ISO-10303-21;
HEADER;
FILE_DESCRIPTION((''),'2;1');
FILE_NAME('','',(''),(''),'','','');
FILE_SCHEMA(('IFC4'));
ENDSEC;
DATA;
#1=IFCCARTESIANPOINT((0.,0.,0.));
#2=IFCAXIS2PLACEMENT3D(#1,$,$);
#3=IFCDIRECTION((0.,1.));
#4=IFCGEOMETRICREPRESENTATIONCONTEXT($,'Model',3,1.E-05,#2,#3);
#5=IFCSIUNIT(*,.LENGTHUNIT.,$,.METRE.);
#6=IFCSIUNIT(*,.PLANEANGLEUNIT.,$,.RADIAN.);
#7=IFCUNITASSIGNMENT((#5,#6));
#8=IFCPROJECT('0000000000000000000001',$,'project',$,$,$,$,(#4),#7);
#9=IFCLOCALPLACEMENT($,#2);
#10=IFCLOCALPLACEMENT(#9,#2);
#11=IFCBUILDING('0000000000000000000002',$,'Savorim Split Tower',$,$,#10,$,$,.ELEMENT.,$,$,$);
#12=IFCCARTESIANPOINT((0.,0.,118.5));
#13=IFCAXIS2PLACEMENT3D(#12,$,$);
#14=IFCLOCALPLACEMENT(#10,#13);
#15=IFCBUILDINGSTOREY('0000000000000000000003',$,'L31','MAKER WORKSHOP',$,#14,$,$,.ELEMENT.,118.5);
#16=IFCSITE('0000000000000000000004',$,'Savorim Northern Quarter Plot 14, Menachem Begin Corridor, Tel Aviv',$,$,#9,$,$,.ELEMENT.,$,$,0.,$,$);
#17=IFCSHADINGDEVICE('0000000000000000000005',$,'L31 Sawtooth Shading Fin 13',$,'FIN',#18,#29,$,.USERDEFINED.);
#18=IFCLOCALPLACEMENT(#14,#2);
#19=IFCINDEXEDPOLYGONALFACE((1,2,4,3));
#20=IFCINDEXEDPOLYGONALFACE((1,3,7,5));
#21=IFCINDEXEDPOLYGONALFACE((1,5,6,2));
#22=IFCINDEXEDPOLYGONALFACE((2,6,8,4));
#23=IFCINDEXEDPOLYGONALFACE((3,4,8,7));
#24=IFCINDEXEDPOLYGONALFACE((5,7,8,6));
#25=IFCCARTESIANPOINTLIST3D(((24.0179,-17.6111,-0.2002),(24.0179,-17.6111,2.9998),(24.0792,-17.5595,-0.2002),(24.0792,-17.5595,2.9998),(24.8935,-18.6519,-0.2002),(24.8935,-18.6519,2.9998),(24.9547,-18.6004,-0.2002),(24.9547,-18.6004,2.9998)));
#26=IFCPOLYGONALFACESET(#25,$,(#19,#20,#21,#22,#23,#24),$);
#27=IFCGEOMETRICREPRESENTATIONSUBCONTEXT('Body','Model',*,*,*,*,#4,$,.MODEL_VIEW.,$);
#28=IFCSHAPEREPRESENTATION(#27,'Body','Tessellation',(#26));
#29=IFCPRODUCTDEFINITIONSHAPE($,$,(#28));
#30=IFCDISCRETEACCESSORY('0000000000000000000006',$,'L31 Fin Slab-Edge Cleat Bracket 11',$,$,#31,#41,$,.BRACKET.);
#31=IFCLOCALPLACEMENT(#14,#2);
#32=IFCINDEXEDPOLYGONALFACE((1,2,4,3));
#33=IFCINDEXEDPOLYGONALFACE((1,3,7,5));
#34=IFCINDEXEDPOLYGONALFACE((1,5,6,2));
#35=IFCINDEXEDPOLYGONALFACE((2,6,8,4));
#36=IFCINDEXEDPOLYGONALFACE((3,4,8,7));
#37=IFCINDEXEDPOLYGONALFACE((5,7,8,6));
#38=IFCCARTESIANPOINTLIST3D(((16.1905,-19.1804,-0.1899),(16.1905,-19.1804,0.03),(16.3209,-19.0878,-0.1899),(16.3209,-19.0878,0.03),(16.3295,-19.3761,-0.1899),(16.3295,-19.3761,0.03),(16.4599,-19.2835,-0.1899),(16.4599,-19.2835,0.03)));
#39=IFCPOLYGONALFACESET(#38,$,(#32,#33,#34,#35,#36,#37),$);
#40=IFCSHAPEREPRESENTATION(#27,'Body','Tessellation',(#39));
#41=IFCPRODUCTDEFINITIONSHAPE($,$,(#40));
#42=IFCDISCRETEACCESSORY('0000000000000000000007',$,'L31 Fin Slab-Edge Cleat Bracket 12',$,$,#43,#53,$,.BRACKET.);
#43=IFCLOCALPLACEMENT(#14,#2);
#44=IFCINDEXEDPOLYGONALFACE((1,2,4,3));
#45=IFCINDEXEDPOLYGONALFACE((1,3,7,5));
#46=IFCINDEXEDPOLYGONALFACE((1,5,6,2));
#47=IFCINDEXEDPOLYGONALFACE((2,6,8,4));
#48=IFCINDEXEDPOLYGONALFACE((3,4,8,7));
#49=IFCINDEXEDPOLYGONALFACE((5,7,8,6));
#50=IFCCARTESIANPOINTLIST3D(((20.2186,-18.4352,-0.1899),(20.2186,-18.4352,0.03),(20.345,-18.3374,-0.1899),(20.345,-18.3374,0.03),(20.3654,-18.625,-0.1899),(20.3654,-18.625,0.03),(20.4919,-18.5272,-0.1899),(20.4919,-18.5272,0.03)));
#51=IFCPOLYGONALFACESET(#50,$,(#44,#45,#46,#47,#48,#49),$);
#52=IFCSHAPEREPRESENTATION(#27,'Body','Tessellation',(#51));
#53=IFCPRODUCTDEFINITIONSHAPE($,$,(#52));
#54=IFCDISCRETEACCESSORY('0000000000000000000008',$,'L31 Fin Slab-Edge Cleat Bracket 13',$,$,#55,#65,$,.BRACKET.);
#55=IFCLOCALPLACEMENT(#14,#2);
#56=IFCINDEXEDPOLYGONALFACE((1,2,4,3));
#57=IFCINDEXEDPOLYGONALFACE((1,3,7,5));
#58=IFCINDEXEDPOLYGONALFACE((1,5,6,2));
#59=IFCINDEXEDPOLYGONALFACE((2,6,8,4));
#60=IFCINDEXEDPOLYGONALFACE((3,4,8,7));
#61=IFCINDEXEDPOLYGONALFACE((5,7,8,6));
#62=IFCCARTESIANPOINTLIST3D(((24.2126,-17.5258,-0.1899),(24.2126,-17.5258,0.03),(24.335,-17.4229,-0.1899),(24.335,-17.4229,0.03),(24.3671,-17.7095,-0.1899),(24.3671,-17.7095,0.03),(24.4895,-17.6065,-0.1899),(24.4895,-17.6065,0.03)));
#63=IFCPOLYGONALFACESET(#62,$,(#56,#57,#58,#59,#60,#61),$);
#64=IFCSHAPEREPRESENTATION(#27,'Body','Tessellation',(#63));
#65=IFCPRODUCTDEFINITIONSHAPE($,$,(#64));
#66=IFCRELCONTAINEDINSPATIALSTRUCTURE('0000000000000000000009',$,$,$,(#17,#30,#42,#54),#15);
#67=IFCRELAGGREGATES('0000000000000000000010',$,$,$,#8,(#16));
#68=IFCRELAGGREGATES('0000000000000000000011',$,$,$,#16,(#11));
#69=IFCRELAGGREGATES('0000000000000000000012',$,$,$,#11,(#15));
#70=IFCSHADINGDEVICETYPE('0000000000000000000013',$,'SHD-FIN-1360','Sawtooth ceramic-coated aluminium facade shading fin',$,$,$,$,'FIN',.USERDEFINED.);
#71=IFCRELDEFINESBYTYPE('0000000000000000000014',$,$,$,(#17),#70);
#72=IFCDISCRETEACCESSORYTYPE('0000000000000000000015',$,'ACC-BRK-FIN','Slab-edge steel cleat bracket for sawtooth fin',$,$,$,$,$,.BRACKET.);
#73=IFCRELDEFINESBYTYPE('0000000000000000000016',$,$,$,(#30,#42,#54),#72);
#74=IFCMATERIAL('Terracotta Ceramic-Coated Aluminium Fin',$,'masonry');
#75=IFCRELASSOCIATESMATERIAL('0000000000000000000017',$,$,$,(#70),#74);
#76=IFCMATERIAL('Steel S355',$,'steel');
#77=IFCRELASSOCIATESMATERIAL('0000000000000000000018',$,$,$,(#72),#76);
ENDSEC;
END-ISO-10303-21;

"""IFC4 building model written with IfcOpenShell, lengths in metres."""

from ifc_helpers import new_model, si_unit, direction, frame, origin, origin_2d, place, context, subcontext, project, spatial, rectangle, extrude, material, type_object, element, save


model = new_model("IFC4")

# Units and contexts
model_context = context("Model", 3, precision=1e-05, world=origin(), true_north=direction((0.0, 1.0)))
body_context = subcontext(model_context, "Body", "Model", "MODEL_VIEW")
ifc_project = project(units=[si_unit("LENGTHUNIT", "METRE"), si_unit("PLANEANGLEUNIT", "RADIAN")], contexts=[model_context])

# Site, building, storey
site_placement = place(None, origin())
site = spatial("IfcSite", under=ifc_project, at=site_placement, Name="Savorim Northern Quarter Plot 14, Menachem Begin Corridor, Tel Aviv", CompositionType="ELEMENT", RefElevation=0.0)
building_placement = place(site_placement, origin())
building = spatial("IfcBuilding", under=site, at=building_placement, Name="Savorim Split Tower", CompositionType="ELEMENT")
storey_placement = place(building_placement, frame((0.0, 0.0, 118.5)))
storey = spatial("IfcBuildingStorey", under=building, at=storey_placement, Name="L31", Description="MAKER WORKSHOP", CompositionType="ELEMENT", Elevation=118.5)

# Shared definitions
ifc_material_1 = material(Name="Steel S355", Category="steel")

# Shading device
ifc_material_2 = material(Name="Terracotta Ceramic-Coated Aluminium Fin", Category="masonry")
shading_device_type = type_object("IfcShadingDeviceType", Name="SHD-FIN-1360", Description="Sawtooth ceramic-coated aluminium facade shading fin", ElementType="FIN", PredefinedType="USERDEFINED", material=ifc_material_2)
for number, where, z_axis, x_axis, name in (
    (1, (24.4863, -18.1057, -0.2002), (0.0, 0.0, 1.0), (0.643719, -0.765262, 0.0), "L31 Sawtooth Shading Fin 13"),
):
    element("IfcShadingDevice", number, at=place(storey_placement, frame(where, z_axis=z_axis, x_axis=x_axis)), inside=storey, type_object=shading_device_type, Name=name, ObjectType="FIN", PredefinedType="USERDEFINED", context=body_context, shape_type="SweptSolid", body=[
        extrude(rectangle(XDim=1.3601, YDim=0.0801, at=origin_2d()), origin(), (0.0, 0.0, 1.0), 3.2),
    ])

# Discrete accessories
discrete_accessory_type = type_object("IfcDiscreteAccessoryType", Name="ACC-BRK-FIN", Description="Slab-edge steel cleat bracket for sawtooth fin", PredefinedType="BRACKET", material=ifc_material_1)
for number, where, z_axis, x_axis, name in (
    (2, (16.3252, -19.2319, -0.1899), (0.0, 0.0, 1.0), (0.578994, -0.815332, 0.0), "L31 Fin Slab-Edge Cleat Bracket 11"),
    (3, (20.3552, -18.4812, -0.1899), (0.0, 0.0, 1.0), (0.611868, -0.79096, 0.0), "L31 Fin Slab-Edge Cleat Bracket 12"),
    (4, (24.3511, -17.5662, -0.1899), (0.0, 0.0, 1.0), (0.643719, -0.765262, 0.0), "L31 Fin Slab-Edge Cleat Bracket 13"),
):
    element("IfcDiscreteAccessory", number, at=place(storey_placement, frame(where, z_axis=z_axis, x_axis=x_axis)), inside=storey, type_object=discrete_accessory_type, Name=name, PredefinedType="BRACKET", context=body_context, shape_type="SweptSolid", body=[
        extrude(rectangle(XDim=0.24, YDim=0.1599, at=origin_2d()), origin(), (0.0, 0.0, 1.0), 0.22),
    ])

save(model, "model.ifc")
